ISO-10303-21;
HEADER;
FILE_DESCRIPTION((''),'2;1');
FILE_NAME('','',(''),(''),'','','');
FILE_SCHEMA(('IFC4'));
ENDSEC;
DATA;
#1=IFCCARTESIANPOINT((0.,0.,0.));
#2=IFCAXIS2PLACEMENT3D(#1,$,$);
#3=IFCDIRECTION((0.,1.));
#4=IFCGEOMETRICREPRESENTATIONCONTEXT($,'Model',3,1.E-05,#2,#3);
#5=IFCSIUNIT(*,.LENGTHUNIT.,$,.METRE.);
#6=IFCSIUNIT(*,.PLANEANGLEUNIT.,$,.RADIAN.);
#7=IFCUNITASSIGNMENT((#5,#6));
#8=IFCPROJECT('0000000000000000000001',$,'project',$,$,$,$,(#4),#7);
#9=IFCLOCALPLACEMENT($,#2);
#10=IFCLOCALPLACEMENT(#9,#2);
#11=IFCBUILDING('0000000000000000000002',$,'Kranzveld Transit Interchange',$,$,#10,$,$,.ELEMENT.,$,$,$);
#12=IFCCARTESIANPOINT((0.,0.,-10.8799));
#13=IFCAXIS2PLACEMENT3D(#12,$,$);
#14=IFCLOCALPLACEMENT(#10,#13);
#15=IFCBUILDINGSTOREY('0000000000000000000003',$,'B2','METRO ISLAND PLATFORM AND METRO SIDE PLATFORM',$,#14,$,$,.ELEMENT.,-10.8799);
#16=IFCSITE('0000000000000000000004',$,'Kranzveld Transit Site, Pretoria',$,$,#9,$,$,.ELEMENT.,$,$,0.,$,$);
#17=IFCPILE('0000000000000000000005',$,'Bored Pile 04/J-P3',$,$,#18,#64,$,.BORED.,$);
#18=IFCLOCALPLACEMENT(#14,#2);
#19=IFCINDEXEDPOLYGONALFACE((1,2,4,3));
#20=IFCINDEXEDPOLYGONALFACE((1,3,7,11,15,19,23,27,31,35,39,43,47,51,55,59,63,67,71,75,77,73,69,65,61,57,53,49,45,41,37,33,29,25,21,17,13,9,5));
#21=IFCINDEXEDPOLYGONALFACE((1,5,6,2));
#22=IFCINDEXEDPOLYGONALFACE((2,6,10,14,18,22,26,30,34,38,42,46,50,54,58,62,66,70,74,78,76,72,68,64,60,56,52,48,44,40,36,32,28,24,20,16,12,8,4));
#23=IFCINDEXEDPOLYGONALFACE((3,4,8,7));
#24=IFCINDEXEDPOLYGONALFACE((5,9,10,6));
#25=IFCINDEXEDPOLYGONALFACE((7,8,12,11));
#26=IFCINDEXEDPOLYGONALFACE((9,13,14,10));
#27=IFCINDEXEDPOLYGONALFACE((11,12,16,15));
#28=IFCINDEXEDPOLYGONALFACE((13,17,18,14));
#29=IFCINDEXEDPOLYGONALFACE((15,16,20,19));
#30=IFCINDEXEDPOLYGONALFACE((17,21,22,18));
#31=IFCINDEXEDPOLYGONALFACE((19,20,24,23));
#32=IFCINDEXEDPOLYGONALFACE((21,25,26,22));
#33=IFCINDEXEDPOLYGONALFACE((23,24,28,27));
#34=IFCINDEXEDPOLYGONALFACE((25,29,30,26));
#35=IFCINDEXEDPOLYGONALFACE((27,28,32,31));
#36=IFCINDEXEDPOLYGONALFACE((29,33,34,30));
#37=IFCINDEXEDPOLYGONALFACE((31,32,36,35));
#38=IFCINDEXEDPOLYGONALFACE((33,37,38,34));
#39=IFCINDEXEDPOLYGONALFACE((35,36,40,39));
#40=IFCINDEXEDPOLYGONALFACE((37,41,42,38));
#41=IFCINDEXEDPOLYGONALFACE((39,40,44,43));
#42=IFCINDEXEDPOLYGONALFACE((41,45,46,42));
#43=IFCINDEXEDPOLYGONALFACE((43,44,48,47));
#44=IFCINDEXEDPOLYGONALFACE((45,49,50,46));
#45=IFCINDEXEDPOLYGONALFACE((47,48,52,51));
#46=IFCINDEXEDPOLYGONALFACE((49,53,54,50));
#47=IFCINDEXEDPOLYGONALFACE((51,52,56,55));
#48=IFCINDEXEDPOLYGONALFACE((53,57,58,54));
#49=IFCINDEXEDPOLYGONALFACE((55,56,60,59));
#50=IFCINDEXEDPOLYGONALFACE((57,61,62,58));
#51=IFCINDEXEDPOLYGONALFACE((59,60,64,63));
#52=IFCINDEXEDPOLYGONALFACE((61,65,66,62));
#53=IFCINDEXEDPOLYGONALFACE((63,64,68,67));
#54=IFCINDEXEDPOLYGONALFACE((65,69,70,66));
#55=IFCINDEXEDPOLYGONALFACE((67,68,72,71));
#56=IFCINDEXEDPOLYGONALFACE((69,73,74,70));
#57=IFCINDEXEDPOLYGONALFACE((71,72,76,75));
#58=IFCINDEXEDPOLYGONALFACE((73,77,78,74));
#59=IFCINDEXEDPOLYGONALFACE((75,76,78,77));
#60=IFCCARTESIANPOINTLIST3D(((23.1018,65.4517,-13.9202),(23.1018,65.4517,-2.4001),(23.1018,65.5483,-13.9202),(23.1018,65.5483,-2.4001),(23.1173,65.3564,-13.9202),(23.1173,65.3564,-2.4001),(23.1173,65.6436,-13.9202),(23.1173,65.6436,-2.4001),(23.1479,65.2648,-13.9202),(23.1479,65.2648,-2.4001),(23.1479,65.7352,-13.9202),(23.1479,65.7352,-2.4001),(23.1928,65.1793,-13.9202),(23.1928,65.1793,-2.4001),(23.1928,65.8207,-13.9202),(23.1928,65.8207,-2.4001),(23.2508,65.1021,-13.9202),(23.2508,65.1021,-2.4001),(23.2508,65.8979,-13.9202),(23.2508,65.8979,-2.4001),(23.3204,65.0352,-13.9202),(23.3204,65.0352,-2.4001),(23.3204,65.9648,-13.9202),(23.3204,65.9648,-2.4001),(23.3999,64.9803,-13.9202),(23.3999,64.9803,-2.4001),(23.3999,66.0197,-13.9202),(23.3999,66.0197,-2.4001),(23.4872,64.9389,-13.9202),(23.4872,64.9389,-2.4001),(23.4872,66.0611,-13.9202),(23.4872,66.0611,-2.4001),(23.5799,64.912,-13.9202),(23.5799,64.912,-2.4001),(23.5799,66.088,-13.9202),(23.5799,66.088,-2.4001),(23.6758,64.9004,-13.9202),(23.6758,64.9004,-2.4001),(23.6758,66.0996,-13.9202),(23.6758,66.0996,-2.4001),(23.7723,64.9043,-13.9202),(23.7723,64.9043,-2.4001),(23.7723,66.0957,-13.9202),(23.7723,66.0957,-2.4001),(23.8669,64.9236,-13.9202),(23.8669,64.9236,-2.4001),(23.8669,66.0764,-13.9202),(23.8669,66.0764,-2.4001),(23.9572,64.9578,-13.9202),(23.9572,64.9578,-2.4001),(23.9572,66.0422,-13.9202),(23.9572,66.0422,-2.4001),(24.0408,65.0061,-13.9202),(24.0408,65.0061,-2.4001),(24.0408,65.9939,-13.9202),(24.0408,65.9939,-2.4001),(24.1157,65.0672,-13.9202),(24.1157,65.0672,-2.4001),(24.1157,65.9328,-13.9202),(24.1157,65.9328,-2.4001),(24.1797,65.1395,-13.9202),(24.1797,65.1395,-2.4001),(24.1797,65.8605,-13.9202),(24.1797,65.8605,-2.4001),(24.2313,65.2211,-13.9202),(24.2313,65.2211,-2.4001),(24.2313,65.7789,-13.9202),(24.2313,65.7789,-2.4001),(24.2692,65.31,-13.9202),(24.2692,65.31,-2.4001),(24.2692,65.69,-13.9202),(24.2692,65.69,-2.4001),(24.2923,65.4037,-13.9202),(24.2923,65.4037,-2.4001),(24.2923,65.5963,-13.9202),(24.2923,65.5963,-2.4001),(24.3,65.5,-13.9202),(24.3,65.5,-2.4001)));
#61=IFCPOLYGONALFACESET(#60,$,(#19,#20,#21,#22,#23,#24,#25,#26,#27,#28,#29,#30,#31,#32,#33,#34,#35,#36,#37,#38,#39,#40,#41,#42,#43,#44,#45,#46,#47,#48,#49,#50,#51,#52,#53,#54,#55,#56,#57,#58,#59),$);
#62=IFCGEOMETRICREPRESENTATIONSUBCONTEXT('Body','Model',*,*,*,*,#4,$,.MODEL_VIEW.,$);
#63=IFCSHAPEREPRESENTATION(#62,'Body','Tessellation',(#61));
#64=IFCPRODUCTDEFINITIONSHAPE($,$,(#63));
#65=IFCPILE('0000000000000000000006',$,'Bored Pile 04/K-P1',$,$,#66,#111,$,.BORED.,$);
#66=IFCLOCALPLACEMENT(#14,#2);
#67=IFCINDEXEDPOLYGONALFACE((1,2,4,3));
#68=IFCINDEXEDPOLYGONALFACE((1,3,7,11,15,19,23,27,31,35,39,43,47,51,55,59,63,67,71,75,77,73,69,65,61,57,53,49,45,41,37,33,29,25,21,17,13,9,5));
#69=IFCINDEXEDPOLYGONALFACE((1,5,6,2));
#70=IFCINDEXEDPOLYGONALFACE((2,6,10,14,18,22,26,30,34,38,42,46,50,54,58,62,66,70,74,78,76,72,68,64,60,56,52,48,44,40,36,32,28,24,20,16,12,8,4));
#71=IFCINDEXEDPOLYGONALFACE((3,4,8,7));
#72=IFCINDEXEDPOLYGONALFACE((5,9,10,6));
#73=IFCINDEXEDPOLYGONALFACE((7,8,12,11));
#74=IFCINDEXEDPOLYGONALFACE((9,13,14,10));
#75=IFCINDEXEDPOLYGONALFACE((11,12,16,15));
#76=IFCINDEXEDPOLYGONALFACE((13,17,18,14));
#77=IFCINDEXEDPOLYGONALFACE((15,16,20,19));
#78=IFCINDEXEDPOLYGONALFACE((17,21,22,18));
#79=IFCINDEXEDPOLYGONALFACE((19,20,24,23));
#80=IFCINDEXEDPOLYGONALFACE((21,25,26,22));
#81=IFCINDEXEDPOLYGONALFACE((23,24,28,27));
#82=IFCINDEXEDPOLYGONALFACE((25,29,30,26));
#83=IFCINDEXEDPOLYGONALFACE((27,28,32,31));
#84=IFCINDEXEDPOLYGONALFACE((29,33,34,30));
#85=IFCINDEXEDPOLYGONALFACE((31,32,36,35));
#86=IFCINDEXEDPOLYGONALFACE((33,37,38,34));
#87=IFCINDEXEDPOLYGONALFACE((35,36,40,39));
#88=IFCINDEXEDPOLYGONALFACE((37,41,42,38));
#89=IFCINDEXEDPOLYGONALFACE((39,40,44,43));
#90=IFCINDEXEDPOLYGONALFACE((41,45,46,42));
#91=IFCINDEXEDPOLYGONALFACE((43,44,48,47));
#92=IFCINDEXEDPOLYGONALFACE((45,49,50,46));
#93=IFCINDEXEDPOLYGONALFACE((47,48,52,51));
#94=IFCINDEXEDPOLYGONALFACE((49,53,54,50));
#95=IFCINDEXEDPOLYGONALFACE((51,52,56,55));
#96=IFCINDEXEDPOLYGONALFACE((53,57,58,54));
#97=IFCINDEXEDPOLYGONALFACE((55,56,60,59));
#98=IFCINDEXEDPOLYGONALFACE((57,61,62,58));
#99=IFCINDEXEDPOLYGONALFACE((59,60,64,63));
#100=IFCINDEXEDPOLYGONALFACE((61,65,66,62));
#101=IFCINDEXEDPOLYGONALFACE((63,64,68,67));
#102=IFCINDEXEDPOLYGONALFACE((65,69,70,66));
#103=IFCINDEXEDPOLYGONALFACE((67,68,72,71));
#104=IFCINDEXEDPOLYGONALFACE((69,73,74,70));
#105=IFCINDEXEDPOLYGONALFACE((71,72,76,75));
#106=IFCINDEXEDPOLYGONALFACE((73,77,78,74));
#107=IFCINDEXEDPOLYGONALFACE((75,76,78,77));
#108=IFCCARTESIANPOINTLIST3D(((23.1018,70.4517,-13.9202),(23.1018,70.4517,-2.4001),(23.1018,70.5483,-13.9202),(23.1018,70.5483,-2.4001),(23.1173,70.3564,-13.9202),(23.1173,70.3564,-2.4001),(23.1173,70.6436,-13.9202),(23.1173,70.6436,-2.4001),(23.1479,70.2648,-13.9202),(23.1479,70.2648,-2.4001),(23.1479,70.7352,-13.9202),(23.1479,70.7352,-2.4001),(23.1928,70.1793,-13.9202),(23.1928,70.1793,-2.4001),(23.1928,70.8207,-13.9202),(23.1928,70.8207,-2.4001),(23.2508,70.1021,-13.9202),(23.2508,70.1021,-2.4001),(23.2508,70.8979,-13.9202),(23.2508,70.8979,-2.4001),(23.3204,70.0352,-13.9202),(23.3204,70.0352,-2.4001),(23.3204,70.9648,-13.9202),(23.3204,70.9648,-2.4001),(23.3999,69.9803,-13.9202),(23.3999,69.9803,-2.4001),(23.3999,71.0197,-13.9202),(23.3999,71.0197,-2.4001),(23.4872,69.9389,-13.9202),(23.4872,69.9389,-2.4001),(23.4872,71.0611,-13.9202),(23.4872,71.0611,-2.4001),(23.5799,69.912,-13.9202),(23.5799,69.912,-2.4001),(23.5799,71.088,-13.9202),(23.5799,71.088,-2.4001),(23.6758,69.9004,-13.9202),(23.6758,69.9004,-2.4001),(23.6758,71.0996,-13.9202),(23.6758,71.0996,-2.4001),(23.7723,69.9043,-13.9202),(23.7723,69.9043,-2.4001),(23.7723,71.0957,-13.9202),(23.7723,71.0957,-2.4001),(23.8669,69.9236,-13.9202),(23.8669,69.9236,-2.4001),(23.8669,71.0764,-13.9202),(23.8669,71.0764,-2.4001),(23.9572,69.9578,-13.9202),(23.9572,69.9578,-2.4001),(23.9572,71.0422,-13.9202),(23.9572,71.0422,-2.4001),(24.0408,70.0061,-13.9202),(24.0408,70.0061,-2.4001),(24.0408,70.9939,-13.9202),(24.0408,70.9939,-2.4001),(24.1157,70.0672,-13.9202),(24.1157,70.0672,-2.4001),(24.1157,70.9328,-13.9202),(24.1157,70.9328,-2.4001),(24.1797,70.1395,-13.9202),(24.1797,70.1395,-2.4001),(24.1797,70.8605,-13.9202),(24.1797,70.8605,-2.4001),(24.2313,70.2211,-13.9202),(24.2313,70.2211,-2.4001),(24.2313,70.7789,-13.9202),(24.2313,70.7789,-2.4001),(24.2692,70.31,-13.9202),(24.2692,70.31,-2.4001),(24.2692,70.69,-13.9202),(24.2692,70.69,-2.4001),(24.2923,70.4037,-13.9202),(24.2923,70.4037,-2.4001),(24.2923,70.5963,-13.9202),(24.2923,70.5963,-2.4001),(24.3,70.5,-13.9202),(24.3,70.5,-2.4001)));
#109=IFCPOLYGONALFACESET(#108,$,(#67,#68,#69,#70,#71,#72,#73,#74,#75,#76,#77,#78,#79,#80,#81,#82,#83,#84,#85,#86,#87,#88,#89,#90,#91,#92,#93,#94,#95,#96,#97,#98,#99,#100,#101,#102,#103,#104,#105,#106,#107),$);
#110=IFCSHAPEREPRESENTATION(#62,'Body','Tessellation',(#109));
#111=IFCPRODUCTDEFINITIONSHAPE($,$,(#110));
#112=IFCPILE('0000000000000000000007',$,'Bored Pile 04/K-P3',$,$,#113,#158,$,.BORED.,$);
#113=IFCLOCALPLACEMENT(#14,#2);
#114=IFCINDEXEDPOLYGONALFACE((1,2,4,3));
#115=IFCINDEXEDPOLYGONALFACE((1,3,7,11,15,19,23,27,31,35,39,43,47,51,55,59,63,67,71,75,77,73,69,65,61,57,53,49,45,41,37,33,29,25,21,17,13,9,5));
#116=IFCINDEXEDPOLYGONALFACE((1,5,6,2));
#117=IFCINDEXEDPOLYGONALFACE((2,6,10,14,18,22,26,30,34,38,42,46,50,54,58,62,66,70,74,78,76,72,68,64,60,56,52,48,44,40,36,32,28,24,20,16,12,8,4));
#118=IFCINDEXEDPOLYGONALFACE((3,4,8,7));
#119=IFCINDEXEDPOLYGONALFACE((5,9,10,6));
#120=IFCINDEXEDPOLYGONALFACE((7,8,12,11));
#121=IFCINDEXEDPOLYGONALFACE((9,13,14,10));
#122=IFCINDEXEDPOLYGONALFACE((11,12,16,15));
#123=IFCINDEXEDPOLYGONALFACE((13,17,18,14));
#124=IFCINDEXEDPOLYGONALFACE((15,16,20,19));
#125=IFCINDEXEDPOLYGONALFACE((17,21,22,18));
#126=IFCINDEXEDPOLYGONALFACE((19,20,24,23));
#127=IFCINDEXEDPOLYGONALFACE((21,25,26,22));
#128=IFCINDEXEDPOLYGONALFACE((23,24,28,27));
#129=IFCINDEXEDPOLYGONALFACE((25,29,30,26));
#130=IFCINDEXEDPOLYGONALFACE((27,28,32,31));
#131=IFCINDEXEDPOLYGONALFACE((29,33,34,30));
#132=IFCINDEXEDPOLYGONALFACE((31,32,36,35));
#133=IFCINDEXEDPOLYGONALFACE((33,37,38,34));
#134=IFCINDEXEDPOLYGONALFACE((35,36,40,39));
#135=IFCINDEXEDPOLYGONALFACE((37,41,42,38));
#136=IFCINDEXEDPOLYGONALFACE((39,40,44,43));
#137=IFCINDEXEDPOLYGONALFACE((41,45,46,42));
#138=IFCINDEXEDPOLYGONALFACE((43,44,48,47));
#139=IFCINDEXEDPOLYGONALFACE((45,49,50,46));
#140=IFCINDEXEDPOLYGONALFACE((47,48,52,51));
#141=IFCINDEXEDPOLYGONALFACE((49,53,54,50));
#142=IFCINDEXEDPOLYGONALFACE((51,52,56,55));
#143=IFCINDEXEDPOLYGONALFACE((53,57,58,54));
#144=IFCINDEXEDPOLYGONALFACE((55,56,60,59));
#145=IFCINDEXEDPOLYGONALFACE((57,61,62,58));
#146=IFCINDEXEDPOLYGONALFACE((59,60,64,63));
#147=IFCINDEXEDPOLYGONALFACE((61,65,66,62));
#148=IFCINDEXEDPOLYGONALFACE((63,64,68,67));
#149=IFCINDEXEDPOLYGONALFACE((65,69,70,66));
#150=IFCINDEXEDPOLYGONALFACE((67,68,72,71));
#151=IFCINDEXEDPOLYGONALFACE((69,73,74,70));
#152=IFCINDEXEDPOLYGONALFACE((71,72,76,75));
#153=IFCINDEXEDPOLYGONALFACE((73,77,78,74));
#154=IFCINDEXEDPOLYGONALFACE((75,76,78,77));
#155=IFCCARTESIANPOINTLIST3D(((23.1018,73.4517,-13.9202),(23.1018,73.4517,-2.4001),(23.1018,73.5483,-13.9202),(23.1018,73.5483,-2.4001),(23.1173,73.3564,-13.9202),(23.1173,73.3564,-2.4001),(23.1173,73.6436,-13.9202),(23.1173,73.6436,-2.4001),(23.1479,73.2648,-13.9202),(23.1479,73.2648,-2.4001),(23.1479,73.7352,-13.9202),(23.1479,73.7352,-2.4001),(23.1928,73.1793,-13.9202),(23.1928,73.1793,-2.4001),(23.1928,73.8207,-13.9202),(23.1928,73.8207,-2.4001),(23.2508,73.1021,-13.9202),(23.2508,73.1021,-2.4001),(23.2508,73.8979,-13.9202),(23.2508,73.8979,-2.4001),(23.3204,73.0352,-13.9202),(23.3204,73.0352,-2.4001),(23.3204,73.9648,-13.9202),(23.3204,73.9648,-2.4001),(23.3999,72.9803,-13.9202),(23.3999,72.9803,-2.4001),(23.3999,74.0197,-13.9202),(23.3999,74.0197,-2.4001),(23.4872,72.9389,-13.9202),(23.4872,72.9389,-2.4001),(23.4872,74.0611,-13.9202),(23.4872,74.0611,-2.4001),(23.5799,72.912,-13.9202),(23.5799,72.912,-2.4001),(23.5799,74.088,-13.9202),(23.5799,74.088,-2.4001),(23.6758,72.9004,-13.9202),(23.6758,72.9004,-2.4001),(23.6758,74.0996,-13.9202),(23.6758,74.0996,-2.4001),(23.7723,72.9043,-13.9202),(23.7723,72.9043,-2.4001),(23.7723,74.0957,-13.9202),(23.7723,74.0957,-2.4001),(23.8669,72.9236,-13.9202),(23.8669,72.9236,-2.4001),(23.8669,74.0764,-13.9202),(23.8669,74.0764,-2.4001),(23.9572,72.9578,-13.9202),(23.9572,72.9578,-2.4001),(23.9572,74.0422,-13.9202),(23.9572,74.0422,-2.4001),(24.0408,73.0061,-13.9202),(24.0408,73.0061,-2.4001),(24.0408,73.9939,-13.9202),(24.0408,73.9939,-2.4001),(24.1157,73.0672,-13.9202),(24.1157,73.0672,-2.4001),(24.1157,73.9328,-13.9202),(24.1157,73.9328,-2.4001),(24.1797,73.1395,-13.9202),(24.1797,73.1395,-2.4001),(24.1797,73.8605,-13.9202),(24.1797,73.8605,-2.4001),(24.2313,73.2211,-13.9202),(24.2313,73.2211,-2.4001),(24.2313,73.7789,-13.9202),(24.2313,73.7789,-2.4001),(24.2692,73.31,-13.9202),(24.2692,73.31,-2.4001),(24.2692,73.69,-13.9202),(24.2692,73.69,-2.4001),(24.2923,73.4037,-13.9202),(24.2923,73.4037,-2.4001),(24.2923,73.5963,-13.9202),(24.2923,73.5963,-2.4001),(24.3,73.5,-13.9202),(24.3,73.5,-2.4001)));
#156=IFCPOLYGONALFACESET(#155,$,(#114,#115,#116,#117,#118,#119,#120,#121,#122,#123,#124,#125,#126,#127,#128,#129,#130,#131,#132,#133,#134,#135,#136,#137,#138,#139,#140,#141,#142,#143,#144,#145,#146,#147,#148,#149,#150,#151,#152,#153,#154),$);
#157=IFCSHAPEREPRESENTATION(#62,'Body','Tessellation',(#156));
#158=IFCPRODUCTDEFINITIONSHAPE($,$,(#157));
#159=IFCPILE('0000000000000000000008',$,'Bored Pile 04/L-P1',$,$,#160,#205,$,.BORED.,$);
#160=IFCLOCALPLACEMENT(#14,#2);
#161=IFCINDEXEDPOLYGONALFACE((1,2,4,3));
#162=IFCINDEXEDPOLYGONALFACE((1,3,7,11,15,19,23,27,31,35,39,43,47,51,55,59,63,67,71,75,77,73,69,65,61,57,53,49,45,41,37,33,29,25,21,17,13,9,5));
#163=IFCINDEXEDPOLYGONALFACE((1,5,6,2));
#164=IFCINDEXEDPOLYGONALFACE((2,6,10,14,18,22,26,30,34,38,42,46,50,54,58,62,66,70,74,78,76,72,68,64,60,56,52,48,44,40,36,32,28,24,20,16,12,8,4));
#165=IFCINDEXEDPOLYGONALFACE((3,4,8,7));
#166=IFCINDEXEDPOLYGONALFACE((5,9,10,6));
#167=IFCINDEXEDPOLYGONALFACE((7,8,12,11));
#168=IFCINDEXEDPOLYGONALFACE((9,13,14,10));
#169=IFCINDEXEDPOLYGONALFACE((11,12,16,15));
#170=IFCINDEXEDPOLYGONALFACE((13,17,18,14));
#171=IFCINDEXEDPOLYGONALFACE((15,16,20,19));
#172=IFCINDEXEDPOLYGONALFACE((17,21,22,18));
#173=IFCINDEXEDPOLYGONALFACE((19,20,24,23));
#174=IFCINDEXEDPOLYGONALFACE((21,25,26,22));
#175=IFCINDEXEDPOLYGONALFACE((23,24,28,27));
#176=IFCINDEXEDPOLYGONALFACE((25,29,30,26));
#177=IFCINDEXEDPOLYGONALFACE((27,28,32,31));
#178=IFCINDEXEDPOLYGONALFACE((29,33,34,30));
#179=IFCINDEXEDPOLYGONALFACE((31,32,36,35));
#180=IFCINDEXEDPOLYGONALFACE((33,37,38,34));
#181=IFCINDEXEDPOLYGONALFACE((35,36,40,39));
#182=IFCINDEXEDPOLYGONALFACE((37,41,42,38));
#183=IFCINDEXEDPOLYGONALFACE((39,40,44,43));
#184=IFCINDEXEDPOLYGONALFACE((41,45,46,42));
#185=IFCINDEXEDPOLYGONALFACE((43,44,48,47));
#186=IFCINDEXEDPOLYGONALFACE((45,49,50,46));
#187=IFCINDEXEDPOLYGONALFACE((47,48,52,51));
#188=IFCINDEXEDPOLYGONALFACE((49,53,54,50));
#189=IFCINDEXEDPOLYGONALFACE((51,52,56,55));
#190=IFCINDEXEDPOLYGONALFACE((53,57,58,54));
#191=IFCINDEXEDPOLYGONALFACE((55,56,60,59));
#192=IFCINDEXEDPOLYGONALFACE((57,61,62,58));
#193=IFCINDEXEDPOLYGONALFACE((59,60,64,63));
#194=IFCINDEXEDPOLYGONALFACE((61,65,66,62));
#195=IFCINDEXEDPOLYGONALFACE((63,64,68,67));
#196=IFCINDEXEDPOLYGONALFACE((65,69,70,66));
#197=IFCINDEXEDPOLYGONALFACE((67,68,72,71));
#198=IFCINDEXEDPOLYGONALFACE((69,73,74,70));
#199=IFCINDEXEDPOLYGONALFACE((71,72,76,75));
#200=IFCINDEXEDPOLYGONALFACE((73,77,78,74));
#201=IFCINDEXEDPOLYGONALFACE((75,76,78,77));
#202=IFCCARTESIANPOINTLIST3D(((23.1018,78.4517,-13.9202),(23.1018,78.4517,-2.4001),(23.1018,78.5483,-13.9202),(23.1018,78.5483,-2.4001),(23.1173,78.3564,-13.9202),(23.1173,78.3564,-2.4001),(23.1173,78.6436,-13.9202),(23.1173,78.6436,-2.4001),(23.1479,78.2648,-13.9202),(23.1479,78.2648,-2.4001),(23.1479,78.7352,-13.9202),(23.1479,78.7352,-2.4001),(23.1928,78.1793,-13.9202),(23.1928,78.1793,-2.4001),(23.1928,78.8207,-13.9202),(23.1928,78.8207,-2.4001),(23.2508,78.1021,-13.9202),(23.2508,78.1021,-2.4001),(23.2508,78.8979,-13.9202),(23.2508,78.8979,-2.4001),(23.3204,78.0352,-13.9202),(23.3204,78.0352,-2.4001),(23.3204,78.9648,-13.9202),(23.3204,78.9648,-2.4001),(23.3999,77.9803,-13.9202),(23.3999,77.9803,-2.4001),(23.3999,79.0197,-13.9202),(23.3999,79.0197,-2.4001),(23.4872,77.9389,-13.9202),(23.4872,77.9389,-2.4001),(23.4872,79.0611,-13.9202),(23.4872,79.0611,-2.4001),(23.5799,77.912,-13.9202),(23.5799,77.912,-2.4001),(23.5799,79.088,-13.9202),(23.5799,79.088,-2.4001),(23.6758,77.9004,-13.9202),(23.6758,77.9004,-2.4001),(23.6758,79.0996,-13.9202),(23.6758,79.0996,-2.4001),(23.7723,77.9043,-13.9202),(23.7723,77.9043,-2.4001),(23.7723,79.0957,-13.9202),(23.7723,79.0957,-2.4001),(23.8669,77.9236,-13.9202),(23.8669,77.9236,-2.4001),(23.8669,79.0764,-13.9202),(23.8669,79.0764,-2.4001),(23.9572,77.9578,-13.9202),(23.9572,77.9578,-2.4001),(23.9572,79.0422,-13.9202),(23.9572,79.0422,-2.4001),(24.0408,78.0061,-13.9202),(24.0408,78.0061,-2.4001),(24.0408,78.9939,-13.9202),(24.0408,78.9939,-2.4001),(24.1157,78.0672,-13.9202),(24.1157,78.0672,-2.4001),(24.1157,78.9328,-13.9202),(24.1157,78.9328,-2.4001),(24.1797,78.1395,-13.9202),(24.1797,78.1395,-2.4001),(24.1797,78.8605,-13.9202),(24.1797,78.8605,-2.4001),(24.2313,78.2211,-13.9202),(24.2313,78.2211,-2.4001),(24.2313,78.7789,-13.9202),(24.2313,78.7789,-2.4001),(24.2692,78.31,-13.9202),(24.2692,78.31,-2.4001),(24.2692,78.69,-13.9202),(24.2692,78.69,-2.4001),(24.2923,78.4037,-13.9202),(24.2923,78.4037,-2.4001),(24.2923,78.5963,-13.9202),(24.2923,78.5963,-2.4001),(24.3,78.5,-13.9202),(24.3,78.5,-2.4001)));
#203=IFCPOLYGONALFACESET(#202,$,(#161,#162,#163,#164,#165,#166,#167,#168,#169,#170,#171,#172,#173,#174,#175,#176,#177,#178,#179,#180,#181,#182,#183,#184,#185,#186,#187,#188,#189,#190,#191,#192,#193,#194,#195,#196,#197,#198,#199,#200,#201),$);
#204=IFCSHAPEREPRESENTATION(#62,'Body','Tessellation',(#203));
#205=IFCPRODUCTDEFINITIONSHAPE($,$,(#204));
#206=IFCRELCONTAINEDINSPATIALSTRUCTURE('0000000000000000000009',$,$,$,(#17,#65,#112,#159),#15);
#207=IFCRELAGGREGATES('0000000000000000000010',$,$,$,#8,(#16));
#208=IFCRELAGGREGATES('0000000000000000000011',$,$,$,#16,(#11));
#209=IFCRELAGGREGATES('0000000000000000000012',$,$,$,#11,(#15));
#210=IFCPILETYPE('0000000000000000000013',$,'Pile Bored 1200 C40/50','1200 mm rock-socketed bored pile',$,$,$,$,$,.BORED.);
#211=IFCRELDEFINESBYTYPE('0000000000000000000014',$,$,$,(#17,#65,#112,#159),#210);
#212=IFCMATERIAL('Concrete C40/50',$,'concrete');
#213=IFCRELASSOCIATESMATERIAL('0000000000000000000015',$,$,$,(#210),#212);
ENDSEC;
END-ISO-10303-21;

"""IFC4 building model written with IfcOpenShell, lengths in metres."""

from ifc_helpers import new_model, si_unit, direction, frame, origin, origin_2d, place, context, subcontext, project, spatial, circle, extrude, material, material_profile, profile_set, type_object, element, save


model = new_model("IFC4")

# Units and contexts
model_context = context("Model", 3, precision=1e-05, world=origin(), true_north=direction((0.0, 1.0)))
body_context = subcontext(model_context, "Body", "Model", "MODEL_VIEW")
ifc_project = project(units=[si_unit("LENGTHUNIT", "METRE"), si_unit("PLANEANGLEUNIT", "RADIAN")], contexts=[model_context])

# Site, building, storey
site_placement = place(None, origin())
site = spatial("IfcSite", under=ifc_project, at=site_placement, Name="Kranzveld Transit Site, Pretoria", CompositionType="ELEMENT", RefElevation=0.0)
building_placement = place(site_placement, origin())
building = spatial("IfcBuilding", under=site, at=building_placement, Name="Kranzveld Transit Interchange", CompositionType="ELEMENT")
storey_placement = place(building_placement, frame((0.0, 0.0, -10.8799)))
storey = spatial("IfcBuildingStorey", under=building, at=storey_placement, Name="B2", Description="METRO ISLAND PLATFORM AND METRO SIDE PLATFORM", CompositionType="ELEMENT", Elevation=-10.8799)

# Piles
ifc_material_1 = material(Name="Concrete C40/50", Category="concrete")
ifc_material_profile_1 = material_profile(ifc_material_1, circle(Radius=0.6001, at=origin_2d()), Name="BORED PILE 1200")
ifc_profile_set_1 = profile_set([ifc_material_profile_1], Name="Concrete C40/50")
pile_type = type_object("IfcPileType", Name="Pile Bored 1200 C40/50", Description="1200 mm rock-socketed bored pile", PredefinedType="BORED", material=ifc_profile_set_1)
for number, where, z_axis, x_axis, name in (
    (1, (23.7, 65.5, -2.4001), (0.0, 0.0, -1.0), (1.0, 0.0, 0.0), "Bored Pile 04/J-P3"),
    (2, (23.7, 70.5, -2.4001), (0.0, 0.0, -1.0), (1.0, 0.0, 0.0), "Bored Pile 04/K-P1"),
    (3, (23.7, 73.5, -2.4001), (0.0, 0.0, -1.0), (1.0, 0.0, 0.0), "Bored Pile 04/K-P3"),
    (4, (23.7, 78.5, -2.4001), (0.0, 0.0, -1.0), (1.0, 0.0, 0.0), "Bored Pile 04/L-P1"),
):
    element("IfcPile", number, at=place(storey_placement, frame(where, z_axis=z_axis, x_axis=x_axis)), inside=storey, type_object=pile_type, Name=name, PredefinedType="BORED", context=body_context, shape_type="SweptSolid", body=[
        extrude(circle(Radius=0.6001, at=origin_2d()), origin(), (0.0, 0.0, 1.0), 11.52),
    ])

save(model, "model.ifc")
